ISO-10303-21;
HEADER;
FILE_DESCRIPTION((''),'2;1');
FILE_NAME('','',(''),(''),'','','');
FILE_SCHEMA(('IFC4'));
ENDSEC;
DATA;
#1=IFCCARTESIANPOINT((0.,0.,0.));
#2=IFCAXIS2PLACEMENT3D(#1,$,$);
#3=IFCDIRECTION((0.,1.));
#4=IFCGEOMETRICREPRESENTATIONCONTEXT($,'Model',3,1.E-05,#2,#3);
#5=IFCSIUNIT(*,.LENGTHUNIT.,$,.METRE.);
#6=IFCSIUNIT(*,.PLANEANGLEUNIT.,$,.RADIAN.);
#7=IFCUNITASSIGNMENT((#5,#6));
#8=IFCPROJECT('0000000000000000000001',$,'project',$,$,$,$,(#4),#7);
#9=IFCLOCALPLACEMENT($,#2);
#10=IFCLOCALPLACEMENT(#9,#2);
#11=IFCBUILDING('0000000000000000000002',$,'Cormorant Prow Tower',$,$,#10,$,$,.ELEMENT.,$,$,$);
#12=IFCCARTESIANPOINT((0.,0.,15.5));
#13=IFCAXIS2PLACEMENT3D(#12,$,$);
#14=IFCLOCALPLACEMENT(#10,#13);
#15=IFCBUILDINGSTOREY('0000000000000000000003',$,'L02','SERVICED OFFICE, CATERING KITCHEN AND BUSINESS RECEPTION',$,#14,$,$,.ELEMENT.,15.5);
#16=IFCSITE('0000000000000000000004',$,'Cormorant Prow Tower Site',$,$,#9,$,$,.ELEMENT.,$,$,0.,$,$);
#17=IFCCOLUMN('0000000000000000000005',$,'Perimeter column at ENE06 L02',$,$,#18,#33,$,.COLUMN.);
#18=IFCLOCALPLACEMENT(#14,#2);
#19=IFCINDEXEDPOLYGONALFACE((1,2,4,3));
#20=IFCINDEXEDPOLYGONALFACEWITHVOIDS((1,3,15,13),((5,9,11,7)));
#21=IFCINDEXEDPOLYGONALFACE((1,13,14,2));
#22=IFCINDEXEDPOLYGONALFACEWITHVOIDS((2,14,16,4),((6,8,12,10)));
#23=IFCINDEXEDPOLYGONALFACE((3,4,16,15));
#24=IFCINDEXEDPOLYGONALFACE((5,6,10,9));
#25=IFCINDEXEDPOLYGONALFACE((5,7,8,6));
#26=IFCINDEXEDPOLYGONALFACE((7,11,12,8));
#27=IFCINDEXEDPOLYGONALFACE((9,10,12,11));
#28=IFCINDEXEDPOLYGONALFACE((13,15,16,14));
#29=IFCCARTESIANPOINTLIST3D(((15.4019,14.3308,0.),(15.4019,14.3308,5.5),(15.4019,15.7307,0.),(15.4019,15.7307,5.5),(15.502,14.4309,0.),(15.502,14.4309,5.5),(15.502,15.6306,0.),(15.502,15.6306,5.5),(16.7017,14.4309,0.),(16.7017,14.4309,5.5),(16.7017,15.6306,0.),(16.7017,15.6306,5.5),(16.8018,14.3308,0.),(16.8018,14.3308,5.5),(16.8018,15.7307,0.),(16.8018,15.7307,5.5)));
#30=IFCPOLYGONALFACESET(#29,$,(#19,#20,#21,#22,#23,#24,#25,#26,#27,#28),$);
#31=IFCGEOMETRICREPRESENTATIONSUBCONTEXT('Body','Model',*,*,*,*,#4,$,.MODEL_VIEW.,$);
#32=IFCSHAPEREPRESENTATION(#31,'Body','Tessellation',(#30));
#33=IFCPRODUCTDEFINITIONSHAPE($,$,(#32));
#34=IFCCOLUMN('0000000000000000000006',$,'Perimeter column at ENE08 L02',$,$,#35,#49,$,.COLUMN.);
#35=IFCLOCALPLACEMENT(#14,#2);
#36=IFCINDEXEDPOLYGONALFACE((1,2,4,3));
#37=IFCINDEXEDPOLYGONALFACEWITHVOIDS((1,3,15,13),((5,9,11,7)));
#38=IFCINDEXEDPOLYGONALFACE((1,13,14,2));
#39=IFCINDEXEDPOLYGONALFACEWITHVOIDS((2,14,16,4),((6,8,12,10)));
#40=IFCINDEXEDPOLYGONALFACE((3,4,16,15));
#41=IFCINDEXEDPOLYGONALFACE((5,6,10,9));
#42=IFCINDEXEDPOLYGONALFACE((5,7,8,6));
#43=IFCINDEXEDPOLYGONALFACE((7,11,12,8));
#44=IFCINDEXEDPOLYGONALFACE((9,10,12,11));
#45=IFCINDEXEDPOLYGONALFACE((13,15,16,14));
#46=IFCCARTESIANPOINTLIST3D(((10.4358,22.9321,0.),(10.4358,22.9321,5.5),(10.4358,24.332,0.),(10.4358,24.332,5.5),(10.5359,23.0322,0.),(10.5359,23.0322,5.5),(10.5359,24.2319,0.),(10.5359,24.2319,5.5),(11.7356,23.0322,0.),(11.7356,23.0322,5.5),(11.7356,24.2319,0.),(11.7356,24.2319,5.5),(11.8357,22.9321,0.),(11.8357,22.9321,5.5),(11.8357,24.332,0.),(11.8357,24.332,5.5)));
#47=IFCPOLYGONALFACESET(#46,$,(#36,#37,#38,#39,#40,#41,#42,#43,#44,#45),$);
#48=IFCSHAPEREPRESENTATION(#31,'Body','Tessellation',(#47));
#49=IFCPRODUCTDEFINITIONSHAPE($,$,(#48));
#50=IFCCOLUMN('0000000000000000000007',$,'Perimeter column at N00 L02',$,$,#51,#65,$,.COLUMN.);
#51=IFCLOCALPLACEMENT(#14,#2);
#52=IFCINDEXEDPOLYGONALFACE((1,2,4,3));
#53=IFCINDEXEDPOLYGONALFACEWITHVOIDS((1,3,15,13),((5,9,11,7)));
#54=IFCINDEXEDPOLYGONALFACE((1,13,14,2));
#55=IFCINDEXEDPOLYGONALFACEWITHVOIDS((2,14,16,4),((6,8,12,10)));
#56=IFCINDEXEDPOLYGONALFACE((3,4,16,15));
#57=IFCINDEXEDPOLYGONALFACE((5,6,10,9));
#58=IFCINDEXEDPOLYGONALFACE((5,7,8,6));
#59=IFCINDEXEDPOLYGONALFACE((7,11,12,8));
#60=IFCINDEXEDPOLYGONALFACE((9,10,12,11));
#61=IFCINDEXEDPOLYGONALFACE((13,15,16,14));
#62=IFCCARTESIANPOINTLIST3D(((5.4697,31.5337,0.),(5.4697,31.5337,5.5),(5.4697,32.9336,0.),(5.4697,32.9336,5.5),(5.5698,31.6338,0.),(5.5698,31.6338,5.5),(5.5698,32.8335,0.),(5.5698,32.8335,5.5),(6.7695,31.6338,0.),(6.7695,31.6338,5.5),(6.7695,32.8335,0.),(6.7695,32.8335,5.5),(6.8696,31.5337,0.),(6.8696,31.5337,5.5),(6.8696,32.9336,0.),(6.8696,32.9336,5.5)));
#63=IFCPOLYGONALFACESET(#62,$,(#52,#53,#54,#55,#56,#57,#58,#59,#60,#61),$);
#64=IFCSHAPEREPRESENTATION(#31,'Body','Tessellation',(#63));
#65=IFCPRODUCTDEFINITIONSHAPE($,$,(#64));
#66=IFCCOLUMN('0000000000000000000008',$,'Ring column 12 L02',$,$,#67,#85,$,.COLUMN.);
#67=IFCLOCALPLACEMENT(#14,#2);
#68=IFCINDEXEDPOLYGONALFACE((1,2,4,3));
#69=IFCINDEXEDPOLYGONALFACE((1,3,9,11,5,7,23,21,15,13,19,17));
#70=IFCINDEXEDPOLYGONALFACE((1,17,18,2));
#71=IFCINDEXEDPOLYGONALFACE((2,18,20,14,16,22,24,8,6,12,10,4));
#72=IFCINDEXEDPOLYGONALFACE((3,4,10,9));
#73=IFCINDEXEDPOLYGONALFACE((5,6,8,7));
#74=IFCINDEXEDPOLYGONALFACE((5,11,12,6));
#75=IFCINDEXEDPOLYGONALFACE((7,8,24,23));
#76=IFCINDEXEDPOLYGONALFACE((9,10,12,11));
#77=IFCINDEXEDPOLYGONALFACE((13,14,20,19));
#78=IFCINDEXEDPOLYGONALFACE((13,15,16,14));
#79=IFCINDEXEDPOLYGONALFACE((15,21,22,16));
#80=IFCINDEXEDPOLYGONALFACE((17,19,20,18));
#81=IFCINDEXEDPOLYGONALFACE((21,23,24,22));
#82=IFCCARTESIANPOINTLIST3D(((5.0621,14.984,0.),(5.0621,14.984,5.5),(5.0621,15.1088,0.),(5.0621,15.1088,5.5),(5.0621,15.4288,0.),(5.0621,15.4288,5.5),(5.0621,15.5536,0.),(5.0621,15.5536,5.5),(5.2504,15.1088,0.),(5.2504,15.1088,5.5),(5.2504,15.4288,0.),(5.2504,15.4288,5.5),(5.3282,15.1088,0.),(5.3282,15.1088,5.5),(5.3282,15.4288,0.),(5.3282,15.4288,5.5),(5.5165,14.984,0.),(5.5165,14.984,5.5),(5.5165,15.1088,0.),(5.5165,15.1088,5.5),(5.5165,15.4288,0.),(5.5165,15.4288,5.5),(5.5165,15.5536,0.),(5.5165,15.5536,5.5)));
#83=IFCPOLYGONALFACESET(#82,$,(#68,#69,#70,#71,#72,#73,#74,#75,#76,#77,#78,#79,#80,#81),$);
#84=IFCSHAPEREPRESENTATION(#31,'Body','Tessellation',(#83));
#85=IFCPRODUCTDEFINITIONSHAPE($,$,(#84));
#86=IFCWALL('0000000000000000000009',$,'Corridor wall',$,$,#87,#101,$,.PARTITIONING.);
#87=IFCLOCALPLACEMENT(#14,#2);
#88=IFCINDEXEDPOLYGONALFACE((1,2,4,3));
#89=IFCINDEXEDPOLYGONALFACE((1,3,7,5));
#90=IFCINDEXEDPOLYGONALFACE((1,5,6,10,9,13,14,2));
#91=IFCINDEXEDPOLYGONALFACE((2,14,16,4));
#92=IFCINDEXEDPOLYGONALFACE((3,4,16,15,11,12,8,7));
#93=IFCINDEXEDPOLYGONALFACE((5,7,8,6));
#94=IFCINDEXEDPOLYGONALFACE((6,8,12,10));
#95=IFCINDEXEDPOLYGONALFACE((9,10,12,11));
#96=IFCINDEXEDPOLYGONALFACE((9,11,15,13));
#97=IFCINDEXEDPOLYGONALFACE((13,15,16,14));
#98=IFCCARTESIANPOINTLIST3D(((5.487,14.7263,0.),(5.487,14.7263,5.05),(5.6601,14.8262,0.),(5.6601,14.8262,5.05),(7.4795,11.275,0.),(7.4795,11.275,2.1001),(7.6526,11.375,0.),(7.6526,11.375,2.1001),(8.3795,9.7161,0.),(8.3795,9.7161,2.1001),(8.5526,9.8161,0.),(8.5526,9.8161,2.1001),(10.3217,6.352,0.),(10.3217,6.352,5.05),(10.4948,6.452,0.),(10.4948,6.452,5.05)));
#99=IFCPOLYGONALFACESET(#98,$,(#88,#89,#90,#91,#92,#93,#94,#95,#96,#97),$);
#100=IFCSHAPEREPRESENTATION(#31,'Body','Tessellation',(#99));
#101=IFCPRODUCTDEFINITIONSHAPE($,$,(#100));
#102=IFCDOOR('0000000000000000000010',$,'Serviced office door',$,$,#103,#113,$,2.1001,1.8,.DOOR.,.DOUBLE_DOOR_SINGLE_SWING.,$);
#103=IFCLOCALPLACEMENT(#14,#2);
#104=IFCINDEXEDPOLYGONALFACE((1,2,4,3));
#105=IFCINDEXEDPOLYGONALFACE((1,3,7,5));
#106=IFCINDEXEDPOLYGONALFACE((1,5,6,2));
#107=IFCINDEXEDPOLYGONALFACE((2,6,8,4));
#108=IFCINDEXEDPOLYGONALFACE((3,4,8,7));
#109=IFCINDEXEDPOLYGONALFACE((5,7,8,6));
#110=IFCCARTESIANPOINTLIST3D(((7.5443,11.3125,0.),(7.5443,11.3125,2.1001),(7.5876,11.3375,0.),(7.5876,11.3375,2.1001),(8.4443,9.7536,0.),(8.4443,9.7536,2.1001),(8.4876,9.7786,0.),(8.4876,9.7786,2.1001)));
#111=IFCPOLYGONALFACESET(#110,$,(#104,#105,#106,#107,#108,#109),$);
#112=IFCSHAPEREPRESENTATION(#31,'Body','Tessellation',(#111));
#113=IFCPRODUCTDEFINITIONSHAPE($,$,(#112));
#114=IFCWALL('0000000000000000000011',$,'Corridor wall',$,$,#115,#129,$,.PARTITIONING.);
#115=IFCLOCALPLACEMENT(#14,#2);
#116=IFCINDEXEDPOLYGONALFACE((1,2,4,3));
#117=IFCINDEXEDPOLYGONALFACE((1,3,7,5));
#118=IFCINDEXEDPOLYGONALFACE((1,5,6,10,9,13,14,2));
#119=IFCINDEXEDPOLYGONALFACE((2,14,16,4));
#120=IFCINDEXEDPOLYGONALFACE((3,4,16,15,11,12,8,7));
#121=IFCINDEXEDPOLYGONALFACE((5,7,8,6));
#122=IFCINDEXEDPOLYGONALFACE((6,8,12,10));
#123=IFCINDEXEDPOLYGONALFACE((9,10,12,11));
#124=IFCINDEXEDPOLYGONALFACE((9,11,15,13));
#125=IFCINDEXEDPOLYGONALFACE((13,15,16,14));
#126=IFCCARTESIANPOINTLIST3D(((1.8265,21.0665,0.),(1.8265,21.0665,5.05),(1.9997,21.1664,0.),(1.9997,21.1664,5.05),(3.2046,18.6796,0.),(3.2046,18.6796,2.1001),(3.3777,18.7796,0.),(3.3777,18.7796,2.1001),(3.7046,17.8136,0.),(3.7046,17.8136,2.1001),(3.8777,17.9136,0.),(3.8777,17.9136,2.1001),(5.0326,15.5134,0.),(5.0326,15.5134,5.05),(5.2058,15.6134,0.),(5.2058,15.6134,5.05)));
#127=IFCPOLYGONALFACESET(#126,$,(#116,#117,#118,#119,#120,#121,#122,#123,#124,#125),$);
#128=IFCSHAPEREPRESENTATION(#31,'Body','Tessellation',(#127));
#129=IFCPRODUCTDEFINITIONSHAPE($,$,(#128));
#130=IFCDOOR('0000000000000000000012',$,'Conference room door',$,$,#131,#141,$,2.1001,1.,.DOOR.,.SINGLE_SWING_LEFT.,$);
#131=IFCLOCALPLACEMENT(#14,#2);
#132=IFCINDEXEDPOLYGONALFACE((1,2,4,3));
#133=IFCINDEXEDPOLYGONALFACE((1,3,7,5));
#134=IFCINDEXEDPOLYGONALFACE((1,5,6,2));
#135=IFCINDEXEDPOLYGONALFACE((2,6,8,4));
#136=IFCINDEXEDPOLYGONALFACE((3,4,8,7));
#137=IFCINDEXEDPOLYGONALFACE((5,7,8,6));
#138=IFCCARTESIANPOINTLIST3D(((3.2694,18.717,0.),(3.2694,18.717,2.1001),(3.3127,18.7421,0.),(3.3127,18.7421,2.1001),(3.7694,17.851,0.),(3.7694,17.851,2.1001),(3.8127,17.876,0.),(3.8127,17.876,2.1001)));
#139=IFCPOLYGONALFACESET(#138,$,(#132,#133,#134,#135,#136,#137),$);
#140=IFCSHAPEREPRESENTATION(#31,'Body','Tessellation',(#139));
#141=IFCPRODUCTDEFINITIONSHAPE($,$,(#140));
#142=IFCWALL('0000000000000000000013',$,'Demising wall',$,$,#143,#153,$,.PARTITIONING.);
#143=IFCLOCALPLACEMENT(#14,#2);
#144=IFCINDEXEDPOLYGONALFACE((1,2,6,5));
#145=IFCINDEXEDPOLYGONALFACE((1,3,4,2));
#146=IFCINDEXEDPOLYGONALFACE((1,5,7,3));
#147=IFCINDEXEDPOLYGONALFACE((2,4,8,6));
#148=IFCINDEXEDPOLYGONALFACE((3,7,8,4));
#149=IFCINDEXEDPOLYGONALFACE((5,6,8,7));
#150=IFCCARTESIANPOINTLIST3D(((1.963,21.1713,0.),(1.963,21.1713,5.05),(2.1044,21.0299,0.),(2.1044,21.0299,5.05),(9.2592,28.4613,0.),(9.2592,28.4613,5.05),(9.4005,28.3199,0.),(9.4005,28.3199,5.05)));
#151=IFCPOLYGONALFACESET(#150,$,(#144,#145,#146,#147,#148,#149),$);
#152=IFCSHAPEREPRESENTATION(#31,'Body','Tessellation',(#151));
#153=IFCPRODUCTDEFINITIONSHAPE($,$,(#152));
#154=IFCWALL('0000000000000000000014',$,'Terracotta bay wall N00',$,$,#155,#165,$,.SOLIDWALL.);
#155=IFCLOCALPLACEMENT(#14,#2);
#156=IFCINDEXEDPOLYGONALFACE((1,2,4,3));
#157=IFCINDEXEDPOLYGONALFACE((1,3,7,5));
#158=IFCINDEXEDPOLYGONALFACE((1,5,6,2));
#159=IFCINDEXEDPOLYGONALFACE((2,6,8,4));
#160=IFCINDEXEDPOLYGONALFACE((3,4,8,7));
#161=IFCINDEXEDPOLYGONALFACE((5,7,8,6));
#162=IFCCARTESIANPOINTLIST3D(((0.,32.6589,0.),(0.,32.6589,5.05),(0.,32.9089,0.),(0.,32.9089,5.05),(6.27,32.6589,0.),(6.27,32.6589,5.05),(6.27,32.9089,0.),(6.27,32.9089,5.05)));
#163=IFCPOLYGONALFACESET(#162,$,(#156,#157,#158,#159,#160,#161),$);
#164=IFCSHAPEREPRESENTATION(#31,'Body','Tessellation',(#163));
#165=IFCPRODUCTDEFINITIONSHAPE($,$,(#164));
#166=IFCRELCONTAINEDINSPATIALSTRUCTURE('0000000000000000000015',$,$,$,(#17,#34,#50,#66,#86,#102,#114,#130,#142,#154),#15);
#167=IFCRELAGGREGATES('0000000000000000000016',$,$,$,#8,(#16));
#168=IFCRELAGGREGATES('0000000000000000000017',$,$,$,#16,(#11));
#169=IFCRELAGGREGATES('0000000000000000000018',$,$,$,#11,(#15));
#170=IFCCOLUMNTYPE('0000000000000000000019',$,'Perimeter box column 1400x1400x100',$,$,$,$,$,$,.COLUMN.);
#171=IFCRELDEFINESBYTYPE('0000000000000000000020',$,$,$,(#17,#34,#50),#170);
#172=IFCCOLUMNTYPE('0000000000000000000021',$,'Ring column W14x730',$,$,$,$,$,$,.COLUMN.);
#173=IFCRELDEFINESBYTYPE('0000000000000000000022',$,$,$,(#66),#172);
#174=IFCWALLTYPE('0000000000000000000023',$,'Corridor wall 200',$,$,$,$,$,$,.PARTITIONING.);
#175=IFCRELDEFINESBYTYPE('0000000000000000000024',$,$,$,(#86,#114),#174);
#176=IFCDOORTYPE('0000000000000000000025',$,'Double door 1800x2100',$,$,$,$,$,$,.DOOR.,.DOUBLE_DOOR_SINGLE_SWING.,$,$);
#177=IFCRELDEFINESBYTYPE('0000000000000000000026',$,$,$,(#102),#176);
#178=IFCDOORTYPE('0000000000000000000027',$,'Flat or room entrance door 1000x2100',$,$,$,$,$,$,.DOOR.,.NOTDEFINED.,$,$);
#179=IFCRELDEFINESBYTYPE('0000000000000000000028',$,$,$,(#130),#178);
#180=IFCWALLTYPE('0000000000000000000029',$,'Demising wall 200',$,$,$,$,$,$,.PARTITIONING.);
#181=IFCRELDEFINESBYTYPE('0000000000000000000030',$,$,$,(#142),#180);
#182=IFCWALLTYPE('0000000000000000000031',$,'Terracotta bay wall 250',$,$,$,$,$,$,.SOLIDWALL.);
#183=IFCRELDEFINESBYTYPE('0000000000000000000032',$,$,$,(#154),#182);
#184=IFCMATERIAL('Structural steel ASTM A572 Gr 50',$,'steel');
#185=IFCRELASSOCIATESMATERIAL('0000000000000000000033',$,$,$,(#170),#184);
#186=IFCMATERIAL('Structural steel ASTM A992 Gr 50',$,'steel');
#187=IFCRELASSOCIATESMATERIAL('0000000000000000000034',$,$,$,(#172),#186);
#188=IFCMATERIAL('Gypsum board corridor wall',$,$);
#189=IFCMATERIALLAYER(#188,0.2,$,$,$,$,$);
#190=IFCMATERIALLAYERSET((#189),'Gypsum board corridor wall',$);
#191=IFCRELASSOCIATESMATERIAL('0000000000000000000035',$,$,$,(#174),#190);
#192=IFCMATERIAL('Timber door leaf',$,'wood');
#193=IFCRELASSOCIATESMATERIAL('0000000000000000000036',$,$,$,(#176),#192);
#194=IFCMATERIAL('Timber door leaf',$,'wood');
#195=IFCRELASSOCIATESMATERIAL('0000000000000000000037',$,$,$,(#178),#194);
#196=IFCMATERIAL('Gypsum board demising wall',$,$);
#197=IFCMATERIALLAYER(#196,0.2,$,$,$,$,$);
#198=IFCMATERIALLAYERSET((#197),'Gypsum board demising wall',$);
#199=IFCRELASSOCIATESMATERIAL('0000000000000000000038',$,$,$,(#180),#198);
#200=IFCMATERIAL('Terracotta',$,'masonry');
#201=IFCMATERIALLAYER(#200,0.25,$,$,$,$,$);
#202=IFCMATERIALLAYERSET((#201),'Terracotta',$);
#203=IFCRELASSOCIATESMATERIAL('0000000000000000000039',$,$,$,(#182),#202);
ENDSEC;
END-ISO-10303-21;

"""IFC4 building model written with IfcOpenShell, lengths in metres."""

from ifc_helpers import new_model, si_unit, direction, frame, frame_2d, origin, origin_2d, place, context, subcontext, project, spatial, rectangle, hollow_rectangle, i_section, extrude, material, layer, layer_set, material_profile, profile_set, type_object, element, fill, save


model = new_model("IFC4")

# Units and contexts
model_context = context("Model", 3, precision=1e-05, world=origin(), true_north=direction((0.0, 1.0)))
body_context = subcontext(model_context, "Body", "Model", "MODEL_VIEW")
ifc_project = project(units=[si_unit("LENGTHUNIT", "METRE"), si_unit("PLANEANGLEUNIT", "RADIAN")], contexts=[model_context])

# Site, building, storey
site_placement = place(None, origin())
site = spatial("IfcSite", under=ifc_project, at=site_placement, Name="Cormorant Prow Tower Site", CompositionType="ELEMENT", RefElevation=0.0)
building_placement = place(site_placement, origin())
building = spatial("IfcBuilding", under=site, at=building_placement, Name="Cormorant Prow Tower", CompositionType="ELEMENT")
storey_placement = place(building_placement, frame((0.0, 0.0, 15.5)))
storey = spatial("IfcBuildingStorey", under=building, at=storey_placement, Name="L02", Description="SERVICED OFFICE, CATERING KITCHEN AND BUSINESS RECEPTION", CompositionType="ELEMENT", Elevation=15.5)

# Columns
ifc_material_1 = material(Name="Structural steel ASTM A572 Gr 50", Category="steel")
ifc_material_profile_1 = material_profile(ifc_material_1, hollow_rectangle(XDim=1.3999, YDim=1.3999, WallThickness=0.1001, at=origin_2d()), Name="Box 1400x1400x100")
ifc_profile_set_1 = profile_set([ifc_material_profile_1], Name="Structural steel ASTM A572 Gr 50")
column_type_1 = type_object("IfcColumnType", Name="Perimeter box column 1400x1400x100", PredefinedType="COLUMN", material=ifc_profile_set_1)
for number, where, z_axis, x_axis, name in (
    (1, (16.1018, 15.0308, 0.0), (0.0, 0.0, 1.0), (1.0, 0.0, 0.0), "Perimeter column at ENE06 L02"),
    (2, (11.1357, 23.6321, 0.0), (0.0, 0.0, 1.0), (1.0, 0.0, 0.0), "Perimeter column at ENE08 L02"),
    (3, (6.1697, 32.2336, 0.0), (0.0, 0.0, 1.0), (1.0, 0.0, 0.0), "Perimeter column at N00 L02"),
):
    element("IfcColumn", number, at=place(storey_placement, frame(where, z_axis=z_axis, x_axis=x_axis)), inside=storey, type_object=column_type_1, Name=name, PredefinedType="COLUMN", context=body_context, shape_type="SweptSolid", body=[
        extrude(hollow_rectangle(XDim=1.3999, YDim=1.3999, WallThickness=0.1001, at=origin_2d()), origin(), (0.0, 0.0, 1.0), 5.5),
    ])
ifc_material_2 = material(Name="Structural steel ASTM A992 Gr 50", Category="steel")
ifc_material_profile_2 = material_profile(ifc_material_2, i_section(OverallWidth=0.4543, OverallDepth=0.5696, WebThickness=0.0779, FlangeThickness=0.1248, at=origin_2d()), Name="W14x730")
ifc_profile_set_2 = profile_set([ifc_material_profile_2], Name="Structural steel ASTM A992 Gr 50")
column_type_2 = type_object("IfcColumnType", Name="Ring column W14x730", PredefinedType="COLUMN", material=ifc_profile_set_2)
column_placement = place(storey_placement, frame((5.2893, 15.2688, 0.0), z_axis=(0.0, 0.0, 1.0), x_axis=(1.0, 0.0, 0.0)))
element("IfcColumn", 4, at=column_placement, inside=storey, type_object=column_type_2, Name="Ring column 12 L02", PredefinedType="COLUMN", context=body_context, shape_type="SweptSolid", body=[
    extrude(i_section(OverallWidth=0.4543, OverallDepth=0.5696, WebThickness=0.0779, FlangeThickness=0.1248, at=origin_2d()), origin(), (0.0, 0.0, 1.0), 5.5),
])

# Walls, openings, doors
ifc_material_3 = material(Name="Gypsum board corridor wall")
ifc_layer_1 = layer(ifc_material_3, 0.2)
ifc_layer_set_1 = layer_set([ifc_layer_1], Name="Gypsum board corridor wall")
wall_type_1 = type_object("IfcWallType", Name="Corridor wall 200", PredefinedType="PARTITIONING", material=ifc_layer_set_1)
wall_1_placement = place(storey_placement, frame((5.5735, 14.7764, 0.0), z_axis=(0.0, 0.0, 1.0), x_axis=(0.499987, -0.866033, 0.0)))
wall_1 = element("IfcWall", 5, at=wall_1_placement, inside=storey, type_object=wall_type_1, Name="Corridor wall", PredefinedType="PARTITIONING", context=body_context, shape_type="SweptSolid", body=[
    extrude(rectangle(XDim=9.6697, YDim=0.2, at=frame_2d((4.835, 0.0))), origin(), (0.0, 0.0, 1.0), 5.05),
])
opening_1_placement = place(wall_1_placement, frame((3.9854, 0.0, 0.0)))
opening_1 = element("IfcOpeningElement", 6, at=opening_1_placement, cuts=wall_1, PredefinedType="OPENING", context=body_context, shape_type="SweptSolid", body=[
    extrude(rectangle(XDim=1.8, YDim=2.1001, at=frame_2d((0.8999, 1.05))), frame((0.0, 0.1099, 0.0), z_axis=(0.0, -1.0, 0.0), x_axis=(1.0, 0.0, 0.0)), (0.0, 0.0, 1.0), 0.22),
])
ifc_material_4 = material(Name="Timber door leaf", Category="wood")
door_type_1 = type_object("IfcDoorType", Name="Double door 1800x2100", OperationType="DOUBLE_DOOR_SINGLE_SWING", PredefinedType="DOOR", material=ifc_material_4)
door_1_placement = place(opening_1_placement, origin())
door_1 = element("IfcDoor", 7, at=door_1_placement, inside=storey, type_object=door_type_1, Name="Serviced office door", OperationType="DOUBLE_DOOR_SINGLE_SWING", OverallHeight=2.1001, OverallWidth=1.8, PredefinedType="DOOR", context=body_context, shape_type="SweptSolid", body=[
    extrude(rectangle(XDim=1.8, YDim=2.1001, at=frame_2d((0.8999, 1.05))), frame((0.0, 0.0249, 0.0), z_axis=(0.0, -1.0, 0.0), x_axis=(1.0, 0.0, 0.0)), (0.0, 0.0, 1.0), 0.05),
])
fill(opening_1, door_1)
wall_2_placement = place(storey_placement, frame((1.9131, 21.1165, 0.0), z_axis=(0.0, 0.0, 1.0), x_axis=(0.500005, -0.866023, 0.0)))
wall_2 = element("IfcWall", 8, at=wall_2_placement, inside=storey, type_object=wall_type_1, Name="Corridor wall", PredefinedType="PARTITIONING", context=body_context, shape_type="SweptSolid", body=[
    extrude(rectangle(XDim=6.4121, YDim=0.2, at=frame_2d((3.2061, 0.0))), origin(), (0.0, 0.0, 1.0), 5.05),
])
opening_2_placement = place(wall_2_placement, frame((2.7561, 0.0, 0.0)))
opening_2 = element("IfcOpeningElement", 9, at=opening_2_placement, cuts=wall_2, PredefinedType="OPENING", context=body_context, shape_type="SweptSolid", body=[
    extrude(rectangle(XDim=1.0, YDim=2.1001, at=frame_2d((0.5, 1.05))), frame((0.0, 0.1099, 0.0), z_axis=(0.0, -1.0, 0.0), x_axis=(1.0, 0.0, 0.0)), (0.0, 0.0, 1.0), 0.22),
])
ifc_material_5 = material(Name="Timber door leaf", Category="wood")
door_type_2 = type_object("IfcDoorType", Name="Flat or room entrance door 1000x2100", OperationType="NOTDEFINED", PredefinedType="DOOR", material=ifc_material_5)
door_2_placement = place(opening_2_placement, origin())
door_2 = element("IfcDoor", 10, at=door_2_placement, inside=storey, type_object=door_type_2, Name="Conference room door", OperationType="SINGLE_SWING_LEFT", OverallHeight=2.1001, OverallWidth=1.0, PredefinedType="DOOR", context=body_context, shape_type="SweptSolid", body=[
    extrude(rectangle(XDim=1.0, YDim=2.1001, at=frame_2d((0.5, 1.05))), frame((0.0, 0.0249, 0.0), z_axis=(0.0, -1.0, 0.0), x_axis=(1.0, 0.0, 0.0)), (0.0, 0.0, 1.0), 0.05),
])
fill(opening_2, door_2)

# Walls
ifc_material_6 = material(Name="Gypsum board demising wall")
ifc_layer_2 = layer(ifc_material_6, 0.2)
ifc_layer_set_2 = layer_set([ifc_layer_2], Name="Gypsum board demising wall")
wall_type_2 = type_object("IfcWallType", Name="Demising wall 200", PredefinedType="PARTITIONING", material=ifc_layer_set_2)
wall_3_placement = place(storey_placement, frame((2.0337, 21.1006, 0.0), z_axis=(0.0, 0.0, 1.0), x_axis=(0.707403, 0.706811, 0.0)))
element("IfcWall", 11, at=wall_3_placement, inside=storey, type_object=wall_type_2, Name="Demising wall", PredefinedType="PARTITIONING", context=body_context, shape_type="SweptSolid", body=[
    extrude(rectangle(XDim=10.314, YDim=0.2, at=frame_2d((5.157, 0.0))), origin(), (0.0, 0.0, 1.0), 5.05),
])
ifc_material_7 = material(Name="Terracotta", Category="masonry")
ifc_layer_3 = layer(ifc_material_7, 0.25)
ifc_layer_set_3 = layer_set([ifc_layer_3], Name="Terracotta")
wall_type_3 = type_object("IfcWallType", Name="Terracotta bay wall 250", PredefinedType="SOLIDWALL", material=ifc_layer_set_3)
wall_4_placement = place(storey_placement, frame((6.27, 32.7839, 0.0), z_axis=(0.0, 0.0, 1.0), x_axis=(-1.0, 0.0, 0.0)))
element("IfcWall", 12, at=wall_4_placement, inside=storey, type_object=wall_type_3, Name="Terracotta bay wall N00", PredefinedType="SOLIDWALL", context=body_context, shape_type="SweptSolid", body=[
    extrude(rectangle(XDim=6.27, YDim=0.25, at=frame_2d((3.135, 0.0))), origin(), (0.0, 0.0, 1.0), 5.05),
])

save(model, "model.ifc")
